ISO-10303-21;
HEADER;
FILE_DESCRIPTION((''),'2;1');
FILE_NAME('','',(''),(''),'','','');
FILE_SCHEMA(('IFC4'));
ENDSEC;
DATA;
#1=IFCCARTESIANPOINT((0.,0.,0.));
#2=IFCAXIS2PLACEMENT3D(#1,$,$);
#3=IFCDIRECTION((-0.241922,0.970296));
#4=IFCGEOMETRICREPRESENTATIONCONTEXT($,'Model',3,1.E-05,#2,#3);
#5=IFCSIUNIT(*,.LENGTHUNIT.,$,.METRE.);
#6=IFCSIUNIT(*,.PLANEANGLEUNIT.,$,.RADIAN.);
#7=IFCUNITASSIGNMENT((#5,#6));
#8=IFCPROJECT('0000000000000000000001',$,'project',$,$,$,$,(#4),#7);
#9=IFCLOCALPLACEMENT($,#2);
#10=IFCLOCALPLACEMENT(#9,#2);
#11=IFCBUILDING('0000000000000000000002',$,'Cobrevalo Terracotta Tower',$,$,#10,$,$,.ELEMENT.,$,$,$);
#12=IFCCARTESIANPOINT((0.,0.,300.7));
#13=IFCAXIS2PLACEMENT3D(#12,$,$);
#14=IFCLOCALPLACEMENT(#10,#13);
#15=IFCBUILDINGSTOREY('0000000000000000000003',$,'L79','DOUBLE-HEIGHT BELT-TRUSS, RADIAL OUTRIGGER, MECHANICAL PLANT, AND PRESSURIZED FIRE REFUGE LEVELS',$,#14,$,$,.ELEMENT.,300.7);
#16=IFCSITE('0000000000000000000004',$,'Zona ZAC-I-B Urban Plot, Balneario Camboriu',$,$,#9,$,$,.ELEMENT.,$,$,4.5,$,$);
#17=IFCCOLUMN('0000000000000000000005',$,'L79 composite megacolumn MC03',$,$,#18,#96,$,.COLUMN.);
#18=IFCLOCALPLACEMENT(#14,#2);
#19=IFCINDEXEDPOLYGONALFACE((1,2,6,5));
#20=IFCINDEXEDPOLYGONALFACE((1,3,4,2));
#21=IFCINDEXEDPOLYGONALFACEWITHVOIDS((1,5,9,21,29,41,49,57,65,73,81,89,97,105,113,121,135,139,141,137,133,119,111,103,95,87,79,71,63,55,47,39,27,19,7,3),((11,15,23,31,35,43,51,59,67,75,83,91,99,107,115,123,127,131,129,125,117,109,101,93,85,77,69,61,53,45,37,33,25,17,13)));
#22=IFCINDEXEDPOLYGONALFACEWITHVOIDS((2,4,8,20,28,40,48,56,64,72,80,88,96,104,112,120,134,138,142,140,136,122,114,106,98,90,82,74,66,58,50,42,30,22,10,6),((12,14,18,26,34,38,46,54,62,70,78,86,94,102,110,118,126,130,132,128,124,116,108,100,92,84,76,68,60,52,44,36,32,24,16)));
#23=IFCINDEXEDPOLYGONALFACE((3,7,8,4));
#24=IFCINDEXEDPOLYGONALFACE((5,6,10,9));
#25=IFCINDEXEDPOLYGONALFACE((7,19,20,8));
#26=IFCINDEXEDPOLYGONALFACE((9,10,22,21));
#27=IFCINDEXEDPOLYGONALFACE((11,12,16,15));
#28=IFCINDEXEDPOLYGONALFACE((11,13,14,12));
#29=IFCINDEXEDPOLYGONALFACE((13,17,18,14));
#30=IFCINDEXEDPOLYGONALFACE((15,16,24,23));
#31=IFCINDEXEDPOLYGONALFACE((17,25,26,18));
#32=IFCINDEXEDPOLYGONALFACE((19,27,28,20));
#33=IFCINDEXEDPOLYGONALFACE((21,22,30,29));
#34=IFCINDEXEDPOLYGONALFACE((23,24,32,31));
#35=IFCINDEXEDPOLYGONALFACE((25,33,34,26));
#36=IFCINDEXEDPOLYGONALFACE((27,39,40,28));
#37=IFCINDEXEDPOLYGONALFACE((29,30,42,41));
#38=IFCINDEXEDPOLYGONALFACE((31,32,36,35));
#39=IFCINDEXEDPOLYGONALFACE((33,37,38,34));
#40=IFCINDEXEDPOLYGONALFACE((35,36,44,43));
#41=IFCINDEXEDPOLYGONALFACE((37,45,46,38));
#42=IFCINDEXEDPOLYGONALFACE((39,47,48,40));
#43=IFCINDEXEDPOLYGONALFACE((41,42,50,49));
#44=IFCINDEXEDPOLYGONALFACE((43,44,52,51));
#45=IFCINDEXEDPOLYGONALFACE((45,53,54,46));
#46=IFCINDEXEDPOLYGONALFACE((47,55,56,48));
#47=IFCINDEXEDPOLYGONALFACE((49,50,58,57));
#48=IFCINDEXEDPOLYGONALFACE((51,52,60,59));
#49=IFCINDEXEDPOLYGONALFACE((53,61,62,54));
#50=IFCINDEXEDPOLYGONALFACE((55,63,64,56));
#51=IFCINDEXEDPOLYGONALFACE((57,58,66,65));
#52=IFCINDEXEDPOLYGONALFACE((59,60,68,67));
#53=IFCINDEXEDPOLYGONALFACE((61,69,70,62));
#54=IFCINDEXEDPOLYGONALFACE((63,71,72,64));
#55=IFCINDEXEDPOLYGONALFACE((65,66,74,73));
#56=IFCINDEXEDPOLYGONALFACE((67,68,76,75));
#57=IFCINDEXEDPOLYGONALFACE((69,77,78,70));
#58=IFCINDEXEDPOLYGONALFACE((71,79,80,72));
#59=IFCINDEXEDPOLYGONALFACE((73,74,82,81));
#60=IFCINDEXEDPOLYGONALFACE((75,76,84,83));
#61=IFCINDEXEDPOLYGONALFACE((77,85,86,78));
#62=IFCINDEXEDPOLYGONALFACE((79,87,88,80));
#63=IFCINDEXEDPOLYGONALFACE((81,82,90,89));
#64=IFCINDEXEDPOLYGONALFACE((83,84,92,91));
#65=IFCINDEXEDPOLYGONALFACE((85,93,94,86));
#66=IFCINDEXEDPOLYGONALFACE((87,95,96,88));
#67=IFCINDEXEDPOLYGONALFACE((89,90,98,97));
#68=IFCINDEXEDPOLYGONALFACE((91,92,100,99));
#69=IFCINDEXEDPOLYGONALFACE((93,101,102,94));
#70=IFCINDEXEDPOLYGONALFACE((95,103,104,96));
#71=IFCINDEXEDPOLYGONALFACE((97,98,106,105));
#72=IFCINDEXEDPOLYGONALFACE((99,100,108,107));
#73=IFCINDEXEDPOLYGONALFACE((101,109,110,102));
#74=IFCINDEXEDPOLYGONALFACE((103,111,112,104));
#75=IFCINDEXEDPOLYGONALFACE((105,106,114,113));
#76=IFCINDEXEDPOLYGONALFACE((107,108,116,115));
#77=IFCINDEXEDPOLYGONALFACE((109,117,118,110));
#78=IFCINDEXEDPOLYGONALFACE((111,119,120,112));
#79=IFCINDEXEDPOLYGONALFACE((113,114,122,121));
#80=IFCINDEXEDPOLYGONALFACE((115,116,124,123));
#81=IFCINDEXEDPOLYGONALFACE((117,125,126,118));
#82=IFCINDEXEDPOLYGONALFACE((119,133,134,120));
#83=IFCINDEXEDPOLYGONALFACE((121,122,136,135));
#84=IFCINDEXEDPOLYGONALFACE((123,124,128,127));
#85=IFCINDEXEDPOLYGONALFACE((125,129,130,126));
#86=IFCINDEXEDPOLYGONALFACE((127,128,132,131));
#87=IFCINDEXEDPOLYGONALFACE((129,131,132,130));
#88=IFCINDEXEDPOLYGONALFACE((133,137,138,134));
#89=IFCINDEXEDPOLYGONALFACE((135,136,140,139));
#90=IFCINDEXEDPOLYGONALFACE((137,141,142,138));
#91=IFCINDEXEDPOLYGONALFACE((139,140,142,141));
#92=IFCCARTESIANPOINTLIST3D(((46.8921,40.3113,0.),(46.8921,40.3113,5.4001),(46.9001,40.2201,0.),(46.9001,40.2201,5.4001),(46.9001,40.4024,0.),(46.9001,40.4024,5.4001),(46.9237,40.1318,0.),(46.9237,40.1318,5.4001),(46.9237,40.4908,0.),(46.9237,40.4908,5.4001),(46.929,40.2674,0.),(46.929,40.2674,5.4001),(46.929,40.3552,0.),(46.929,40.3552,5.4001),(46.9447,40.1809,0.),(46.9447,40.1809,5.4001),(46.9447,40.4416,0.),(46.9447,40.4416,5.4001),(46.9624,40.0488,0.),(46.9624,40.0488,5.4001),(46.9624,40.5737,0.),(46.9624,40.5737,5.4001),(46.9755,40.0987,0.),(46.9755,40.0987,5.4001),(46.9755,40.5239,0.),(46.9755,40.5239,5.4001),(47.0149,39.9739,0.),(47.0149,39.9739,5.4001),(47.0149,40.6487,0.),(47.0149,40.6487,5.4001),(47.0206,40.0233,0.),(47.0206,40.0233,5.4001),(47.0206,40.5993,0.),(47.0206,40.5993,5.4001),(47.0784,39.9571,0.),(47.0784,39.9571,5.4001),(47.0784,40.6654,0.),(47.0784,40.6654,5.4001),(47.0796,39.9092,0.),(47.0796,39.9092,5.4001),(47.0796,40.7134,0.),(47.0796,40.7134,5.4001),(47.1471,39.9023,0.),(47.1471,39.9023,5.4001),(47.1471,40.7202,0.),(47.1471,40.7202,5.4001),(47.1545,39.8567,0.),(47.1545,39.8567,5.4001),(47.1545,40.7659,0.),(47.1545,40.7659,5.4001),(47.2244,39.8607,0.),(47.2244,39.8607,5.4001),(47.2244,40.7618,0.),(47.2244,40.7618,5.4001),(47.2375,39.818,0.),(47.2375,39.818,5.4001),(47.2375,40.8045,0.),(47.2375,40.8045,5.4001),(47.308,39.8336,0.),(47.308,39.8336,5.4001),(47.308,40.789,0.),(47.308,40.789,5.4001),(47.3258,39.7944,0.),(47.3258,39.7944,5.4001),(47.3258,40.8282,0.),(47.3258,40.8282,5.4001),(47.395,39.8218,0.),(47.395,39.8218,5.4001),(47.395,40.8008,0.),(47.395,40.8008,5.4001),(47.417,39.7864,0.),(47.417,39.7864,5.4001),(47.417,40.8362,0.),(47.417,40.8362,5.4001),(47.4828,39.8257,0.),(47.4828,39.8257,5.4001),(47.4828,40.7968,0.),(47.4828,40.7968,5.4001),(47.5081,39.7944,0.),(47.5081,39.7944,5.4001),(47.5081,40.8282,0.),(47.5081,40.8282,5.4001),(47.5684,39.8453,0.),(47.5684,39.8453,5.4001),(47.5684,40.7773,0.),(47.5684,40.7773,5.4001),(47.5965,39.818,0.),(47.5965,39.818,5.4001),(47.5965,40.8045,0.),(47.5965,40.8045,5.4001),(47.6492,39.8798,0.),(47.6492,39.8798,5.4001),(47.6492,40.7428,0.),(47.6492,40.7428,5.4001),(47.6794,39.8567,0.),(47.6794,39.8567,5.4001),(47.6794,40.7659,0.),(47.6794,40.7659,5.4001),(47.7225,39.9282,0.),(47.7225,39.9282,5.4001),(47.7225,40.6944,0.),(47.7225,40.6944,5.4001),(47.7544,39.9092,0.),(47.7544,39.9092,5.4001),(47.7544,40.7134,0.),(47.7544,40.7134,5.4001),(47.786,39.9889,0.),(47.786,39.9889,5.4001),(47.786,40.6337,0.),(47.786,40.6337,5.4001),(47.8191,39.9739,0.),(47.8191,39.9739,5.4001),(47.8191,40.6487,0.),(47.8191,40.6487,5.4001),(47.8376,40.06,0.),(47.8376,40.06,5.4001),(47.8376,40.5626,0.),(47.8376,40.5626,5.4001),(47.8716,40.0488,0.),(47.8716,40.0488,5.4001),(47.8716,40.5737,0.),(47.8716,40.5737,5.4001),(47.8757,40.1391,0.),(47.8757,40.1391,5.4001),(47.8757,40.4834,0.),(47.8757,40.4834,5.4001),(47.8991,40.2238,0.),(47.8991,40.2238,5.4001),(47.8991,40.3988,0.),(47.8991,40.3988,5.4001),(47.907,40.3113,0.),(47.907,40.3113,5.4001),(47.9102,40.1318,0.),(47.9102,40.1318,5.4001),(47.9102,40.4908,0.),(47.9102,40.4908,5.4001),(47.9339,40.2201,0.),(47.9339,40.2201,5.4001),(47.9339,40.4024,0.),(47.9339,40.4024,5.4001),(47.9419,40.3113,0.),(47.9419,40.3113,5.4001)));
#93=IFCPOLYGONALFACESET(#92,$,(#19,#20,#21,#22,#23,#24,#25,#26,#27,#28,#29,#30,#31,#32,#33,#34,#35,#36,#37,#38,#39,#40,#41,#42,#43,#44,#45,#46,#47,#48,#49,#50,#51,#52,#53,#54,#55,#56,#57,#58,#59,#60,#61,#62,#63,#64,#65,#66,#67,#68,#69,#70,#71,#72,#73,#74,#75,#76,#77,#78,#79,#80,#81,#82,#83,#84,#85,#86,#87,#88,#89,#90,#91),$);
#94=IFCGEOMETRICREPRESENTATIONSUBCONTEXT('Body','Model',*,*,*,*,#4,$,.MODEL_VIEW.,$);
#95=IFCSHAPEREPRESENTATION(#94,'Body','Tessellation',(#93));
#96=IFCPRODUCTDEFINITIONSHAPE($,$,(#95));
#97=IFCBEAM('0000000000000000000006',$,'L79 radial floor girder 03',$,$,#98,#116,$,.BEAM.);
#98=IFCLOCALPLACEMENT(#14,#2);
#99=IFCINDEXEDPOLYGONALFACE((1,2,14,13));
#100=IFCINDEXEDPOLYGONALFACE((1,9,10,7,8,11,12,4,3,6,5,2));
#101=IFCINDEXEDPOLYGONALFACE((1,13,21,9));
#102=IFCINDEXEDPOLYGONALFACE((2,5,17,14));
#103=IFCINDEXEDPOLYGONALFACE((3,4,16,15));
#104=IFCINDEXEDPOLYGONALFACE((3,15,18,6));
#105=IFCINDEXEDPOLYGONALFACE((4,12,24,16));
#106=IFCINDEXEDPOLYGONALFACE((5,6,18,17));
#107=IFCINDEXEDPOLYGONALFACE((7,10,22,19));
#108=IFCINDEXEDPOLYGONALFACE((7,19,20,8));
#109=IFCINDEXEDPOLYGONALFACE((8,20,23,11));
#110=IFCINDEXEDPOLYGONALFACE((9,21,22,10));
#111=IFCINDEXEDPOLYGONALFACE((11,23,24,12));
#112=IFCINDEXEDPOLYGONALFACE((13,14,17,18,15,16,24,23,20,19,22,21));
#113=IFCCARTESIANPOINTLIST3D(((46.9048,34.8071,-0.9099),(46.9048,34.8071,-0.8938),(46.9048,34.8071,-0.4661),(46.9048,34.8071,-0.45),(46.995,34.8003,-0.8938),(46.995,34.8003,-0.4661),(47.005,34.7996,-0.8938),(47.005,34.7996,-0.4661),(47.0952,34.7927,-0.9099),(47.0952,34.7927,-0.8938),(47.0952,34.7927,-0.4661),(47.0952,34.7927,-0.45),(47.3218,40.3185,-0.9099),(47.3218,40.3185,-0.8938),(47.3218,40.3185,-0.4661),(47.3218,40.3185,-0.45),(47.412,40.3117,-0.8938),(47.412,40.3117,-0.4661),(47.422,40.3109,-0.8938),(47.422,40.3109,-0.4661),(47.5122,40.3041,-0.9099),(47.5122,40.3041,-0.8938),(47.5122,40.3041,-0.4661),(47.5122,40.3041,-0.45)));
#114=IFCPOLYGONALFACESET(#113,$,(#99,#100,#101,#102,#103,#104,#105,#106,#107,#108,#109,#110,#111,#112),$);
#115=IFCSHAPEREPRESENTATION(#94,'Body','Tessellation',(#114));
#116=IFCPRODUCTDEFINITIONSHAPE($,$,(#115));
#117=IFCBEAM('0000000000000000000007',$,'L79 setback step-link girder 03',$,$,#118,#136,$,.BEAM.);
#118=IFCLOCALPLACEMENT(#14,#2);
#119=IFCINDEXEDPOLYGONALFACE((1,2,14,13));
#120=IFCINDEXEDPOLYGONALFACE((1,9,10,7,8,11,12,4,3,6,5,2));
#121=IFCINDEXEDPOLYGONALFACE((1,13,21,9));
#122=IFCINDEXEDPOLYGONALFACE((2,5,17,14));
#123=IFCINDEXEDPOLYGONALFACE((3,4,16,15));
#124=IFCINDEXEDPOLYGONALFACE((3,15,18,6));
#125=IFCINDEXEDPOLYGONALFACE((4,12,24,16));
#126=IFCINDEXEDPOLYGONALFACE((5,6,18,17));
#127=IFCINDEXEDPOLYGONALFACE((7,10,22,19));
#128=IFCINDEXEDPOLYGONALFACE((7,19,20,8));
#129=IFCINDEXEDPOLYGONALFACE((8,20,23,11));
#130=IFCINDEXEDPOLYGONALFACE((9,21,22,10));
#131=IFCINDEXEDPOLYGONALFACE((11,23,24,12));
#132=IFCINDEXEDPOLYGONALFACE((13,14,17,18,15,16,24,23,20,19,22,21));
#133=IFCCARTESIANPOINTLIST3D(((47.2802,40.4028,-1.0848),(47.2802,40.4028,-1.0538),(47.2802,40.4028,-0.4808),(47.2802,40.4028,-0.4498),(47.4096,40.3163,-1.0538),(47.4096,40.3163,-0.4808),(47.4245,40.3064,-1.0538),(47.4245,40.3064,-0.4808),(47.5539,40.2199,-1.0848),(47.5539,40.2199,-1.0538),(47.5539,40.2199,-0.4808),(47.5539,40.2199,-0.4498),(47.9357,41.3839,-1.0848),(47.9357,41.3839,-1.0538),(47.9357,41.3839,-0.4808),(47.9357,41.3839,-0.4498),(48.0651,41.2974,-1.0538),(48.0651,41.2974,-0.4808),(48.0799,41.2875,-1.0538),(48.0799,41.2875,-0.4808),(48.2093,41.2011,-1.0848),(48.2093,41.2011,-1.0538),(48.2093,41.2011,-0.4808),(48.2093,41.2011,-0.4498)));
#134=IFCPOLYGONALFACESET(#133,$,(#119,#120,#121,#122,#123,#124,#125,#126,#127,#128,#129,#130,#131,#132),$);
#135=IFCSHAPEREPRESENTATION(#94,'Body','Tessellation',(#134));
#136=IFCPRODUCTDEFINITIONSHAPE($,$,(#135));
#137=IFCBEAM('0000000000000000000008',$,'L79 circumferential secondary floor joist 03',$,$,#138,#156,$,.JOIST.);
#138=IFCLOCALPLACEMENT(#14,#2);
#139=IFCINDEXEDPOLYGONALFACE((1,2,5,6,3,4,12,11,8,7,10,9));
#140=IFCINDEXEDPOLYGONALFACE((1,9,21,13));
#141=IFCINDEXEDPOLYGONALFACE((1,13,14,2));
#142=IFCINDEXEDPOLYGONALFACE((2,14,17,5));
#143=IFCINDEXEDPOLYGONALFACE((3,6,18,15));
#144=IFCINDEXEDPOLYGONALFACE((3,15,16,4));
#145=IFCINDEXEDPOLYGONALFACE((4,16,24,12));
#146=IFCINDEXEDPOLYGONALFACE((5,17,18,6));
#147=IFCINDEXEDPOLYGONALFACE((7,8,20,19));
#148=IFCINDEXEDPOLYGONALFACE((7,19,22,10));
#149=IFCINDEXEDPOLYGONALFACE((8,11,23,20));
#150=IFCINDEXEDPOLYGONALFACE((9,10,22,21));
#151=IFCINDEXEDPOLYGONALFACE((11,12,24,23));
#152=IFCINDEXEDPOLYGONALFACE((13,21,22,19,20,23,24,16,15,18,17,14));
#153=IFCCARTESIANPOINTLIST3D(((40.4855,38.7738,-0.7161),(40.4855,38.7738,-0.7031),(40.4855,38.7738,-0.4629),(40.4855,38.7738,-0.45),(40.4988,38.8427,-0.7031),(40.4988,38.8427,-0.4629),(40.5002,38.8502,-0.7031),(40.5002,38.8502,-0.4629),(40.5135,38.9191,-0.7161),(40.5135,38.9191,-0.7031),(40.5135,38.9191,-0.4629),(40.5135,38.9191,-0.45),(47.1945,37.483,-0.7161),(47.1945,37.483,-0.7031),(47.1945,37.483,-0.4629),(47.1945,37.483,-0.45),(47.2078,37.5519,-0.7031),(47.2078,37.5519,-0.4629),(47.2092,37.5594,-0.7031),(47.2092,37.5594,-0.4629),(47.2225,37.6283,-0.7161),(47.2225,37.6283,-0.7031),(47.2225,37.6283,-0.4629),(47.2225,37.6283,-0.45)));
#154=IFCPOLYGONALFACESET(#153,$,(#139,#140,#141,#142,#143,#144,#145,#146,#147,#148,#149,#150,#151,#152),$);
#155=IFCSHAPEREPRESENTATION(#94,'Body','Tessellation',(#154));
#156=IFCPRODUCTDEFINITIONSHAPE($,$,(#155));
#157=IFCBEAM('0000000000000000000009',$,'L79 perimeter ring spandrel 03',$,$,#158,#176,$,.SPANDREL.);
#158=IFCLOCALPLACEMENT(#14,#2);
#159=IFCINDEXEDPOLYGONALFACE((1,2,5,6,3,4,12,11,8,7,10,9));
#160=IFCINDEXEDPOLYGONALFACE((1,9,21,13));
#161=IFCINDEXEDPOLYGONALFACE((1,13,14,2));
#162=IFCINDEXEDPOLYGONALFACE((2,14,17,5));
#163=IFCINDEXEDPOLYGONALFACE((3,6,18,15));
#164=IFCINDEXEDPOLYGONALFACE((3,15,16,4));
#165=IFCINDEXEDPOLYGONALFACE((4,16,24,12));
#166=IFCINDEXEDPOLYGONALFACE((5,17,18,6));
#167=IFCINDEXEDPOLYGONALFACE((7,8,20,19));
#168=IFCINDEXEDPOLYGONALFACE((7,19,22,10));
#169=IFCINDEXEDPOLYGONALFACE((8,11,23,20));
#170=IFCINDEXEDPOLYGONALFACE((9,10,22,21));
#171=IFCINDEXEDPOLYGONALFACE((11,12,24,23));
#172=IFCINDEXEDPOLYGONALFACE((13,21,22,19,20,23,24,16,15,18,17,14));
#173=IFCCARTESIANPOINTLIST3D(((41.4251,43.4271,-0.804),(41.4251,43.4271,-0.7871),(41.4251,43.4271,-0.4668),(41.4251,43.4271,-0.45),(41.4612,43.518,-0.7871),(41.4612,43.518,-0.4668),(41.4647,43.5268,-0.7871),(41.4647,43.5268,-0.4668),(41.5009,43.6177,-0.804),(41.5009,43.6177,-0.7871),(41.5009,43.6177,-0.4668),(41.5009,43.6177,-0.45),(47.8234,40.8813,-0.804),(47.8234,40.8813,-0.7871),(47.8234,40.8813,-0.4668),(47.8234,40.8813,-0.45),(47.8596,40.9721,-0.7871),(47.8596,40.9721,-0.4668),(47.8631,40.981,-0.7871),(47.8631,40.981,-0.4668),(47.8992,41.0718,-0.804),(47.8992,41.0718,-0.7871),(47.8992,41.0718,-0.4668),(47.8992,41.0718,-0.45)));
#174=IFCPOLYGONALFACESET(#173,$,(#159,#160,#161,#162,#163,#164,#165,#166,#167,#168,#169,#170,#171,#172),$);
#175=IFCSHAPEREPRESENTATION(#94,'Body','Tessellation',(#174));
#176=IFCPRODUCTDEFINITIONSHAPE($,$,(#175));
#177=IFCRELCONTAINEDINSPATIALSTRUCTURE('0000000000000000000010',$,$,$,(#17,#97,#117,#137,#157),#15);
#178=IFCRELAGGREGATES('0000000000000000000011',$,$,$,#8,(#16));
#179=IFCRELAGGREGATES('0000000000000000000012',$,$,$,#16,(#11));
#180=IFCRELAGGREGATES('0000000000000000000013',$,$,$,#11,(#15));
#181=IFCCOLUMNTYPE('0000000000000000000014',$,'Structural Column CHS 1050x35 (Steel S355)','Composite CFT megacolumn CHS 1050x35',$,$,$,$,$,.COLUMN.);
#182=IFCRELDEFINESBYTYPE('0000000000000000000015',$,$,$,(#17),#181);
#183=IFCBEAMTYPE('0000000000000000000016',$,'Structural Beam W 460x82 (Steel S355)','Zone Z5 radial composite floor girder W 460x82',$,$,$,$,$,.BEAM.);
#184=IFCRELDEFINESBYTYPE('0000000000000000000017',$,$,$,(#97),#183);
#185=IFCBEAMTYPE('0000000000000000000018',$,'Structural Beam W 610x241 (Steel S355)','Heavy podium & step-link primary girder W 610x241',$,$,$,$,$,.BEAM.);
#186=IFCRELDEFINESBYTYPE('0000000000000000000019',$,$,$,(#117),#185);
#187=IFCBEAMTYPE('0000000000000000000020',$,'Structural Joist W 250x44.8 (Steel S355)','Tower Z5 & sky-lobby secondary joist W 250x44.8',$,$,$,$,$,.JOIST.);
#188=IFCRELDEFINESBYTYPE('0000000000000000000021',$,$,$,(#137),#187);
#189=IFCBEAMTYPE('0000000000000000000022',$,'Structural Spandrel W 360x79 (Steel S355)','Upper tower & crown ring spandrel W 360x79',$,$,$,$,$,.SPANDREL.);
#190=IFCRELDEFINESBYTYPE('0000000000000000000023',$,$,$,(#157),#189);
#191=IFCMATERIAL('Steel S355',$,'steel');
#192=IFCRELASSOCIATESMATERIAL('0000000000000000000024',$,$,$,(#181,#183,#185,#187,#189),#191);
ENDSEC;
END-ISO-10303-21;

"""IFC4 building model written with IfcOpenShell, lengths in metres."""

from ifc_helpers import new_model, si_unit, direction, frame, origin, origin_2d, place, context, subcontext, project, spatial, hollow_circle, i_section, extrude, material, material_profile, profile_set, type_object, element, save


model = new_model("IFC4")

# Units and contexts
model_context = context("Model", 3, precision=1e-05, world=origin(), true_north=direction((-0.241922, 0.970296)))
body_context = subcontext(model_context, "Body", "Model", "MODEL_VIEW")
ifc_project = project(units=[si_unit("LENGTHUNIT", "METRE"), si_unit("PLANEANGLEUNIT", "RADIAN")], contexts=[model_context])

# Site, building, storey
site_placement = place(None, origin())
site = spatial("IfcSite", under=ifc_project, at=site_placement, Name="Zona ZAC-I-B Urban Plot, Balneario Camboriu", CompositionType="ELEMENT", RefElevation=4.5)
building_placement = place(site_placement, origin())
building = spatial("IfcBuilding", under=site, at=building_placement, Name="Cobrevalo Terracotta Tower", CompositionType="ELEMENT")
storey_placement = place(building_placement, frame((0.0, 0.0, 300.7)))
storey = spatial("IfcBuildingStorey", under=building, at=storey_placement, Name="L79", Description="DOUBLE-HEIGHT BELT-TRUSS, RADIAL OUTRIGGER, MECHANICAL PLANT, AND PRESSURIZED FIRE REFUGE LEVELS", CompositionType="ELEMENT", Elevation=300.7)

# Column
ifc_material_1 = material(Name="Steel S355", Category="steel")
ifc_material_profile_1 = material_profile(ifc_material_1, hollow_circle(Radius=0.5249, WallThickness=0.0349, at=origin_2d()), Name="CHS 1050x35")
ifc_profile_set_1 = profile_set([ifc_material_profile_1], Name="Steel S355")
column_type = type_object("IfcColumnType", Name="Structural Column CHS 1050x35 (Steel S355)", Description="Composite CFT megacolumn CHS 1050x35", PredefinedType="COLUMN", material=ifc_profile_set_1)
column_placement = place(storey_placement, frame((47.417, 40.3113, 0.0), z_axis=(0.0, 0.0, 1.0), x_axis=(1.0, 0.0, 0.0)))
element("IfcColumn", 1, at=column_placement, inside=storey, type_object=column_type, Name="L79 composite megacolumn MC03", PredefinedType="COLUMN", context=body_context, shape_type="SweptSolid", body=[
    extrude(hollow_circle(Radius=0.5249, WallThickness=0.0349, at=origin_2d()), origin(), (0.0, 0.0, 1.0), 5.4001),
])

# Beams
ifc_material_profile_2 = material_profile(ifc_material_1, i_section(OverallWidth=0.1909, OverallDepth=0.46, WebThickness=0.01, FlangeThickness=0.0161, at=origin_2d()), Name="W 460x82")
ifc_profile_set_2 = profile_set([ifc_material_profile_2], Name="Steel S355")
beam_type_1 = type_object("IfcBeamType", Name="Structural Beam W 460x82 (Steel S355)", Description="Zone Z5 radial composite floor girder W 460x82", PredefinedType="BEAM", material=ifc_profile_set_2)
beam_1_placement = place(storey_placement, frame((47.417, 40.3113, -0.6799), z_axis=(-0.075447, -0.99715, 0.0), x_axis=(0.99715, -0.075447, 0.0)))
element("IfcBeam", 2, at=beam_1_placement, inside=storey, type_object=beam_type_1, Name="L79 radial floor girder 03", PredefinedType="BEAM", context=body_context, shape_type="SweptSolid", body=[
    extrude(i_section(OverallWidth=0.1909, OverallDepth=0.46, WebThickness=0.01, FlangeThickness=0.0161, at=origin_2d()), origin(), (0.0, 0.0, 1.0), 5.5271),
])
ifc_material_profile_3 = material_profile(ifc_material_1, i_section(OverallWidth=0.3291, OverallDepth=0.635, WebThickness=0.0178, FlangeThickness=0.031, at=origin_2d()), Name="W 610x241")
ifc_profile_set_3 = profile_set([ifc_material_profile_3], Name="Steel S355")
beam_type_2 = type_object("IfcBeamType", Name="Structural Beam W 610x241 (Steel S355)", Description="Heavy podium & step-link primary girder W 610x241", PredefinedType="BEAM", material=ifc_profile_set_3)
beam_2_placement = place(storey_placement, frame((48.0725, 41.2925, -0.7673), z_axis=(-0.555512, -0.831509, 0.0), x_axis=(0.831509, -0.555512, 0.0)))
element("IfcBeam", 3, at=beam_2_placement, inside=storey, type_object=beam_type_2, Name="L79 setback step-link girder 03", PredefinedType="BEAM", context=body_context, shape_type="SweptSolid", body=[
    extrude(i_section(OverallWidth=0.3291, OverallDepth=0.635, WebThickness=0.0178, FlangeThickness=0.031, at=origin_2d()), origin(), (0.0, 0.0, 1.0), 1.1799),
])
ifc_material_profile_4 = material_profile(ifc_material_1, i_section(OverallWidth=0.1479, OverallDepth=0.2661, WebThickness=0.0076, FlangeThickness=0.0129, at=origin_2d()), Name="W 250x44.8")
ifc_profile_set_4 = profile_set([ifc_material_profile_4], Name="Steel S355")
beam_type_3 = type_object("IfcBeamType", Name="Structural Joist W 250x44.8 (Steel S355)", Description="Tower Z5 & sky-lobby secondary joist W 250x44.8", PredefinedType="JOIST", material=ifc_profile_set_4)
beam_3_placement = place(storey_placement, frame((47.2085, 37.5557, -0.583), z_axis=(-0.981991, 0.18893, 0.0), x_axis=(-0.18893, -0.981991, 0.0)))
element("IfcBeam", 4, at=beam_3_placement, inside=storey, type_object=beam_type_3, Name="L79 circumferential secondary floor joist 03", PredefinedType="JOIST", context=body_context, shape_type="SweptSolid", body=[
    extrude(i_section(OverallWidth=0.1479, OverallDepth=0.2661, WebThickness=0.0076, FlangeThickness=0.0129, at=origin_2d()), origin(), (0.0, 0.0, 1.0), 6.832),
])
ifc_material_profile_5 = material_profile(ifc_material_1, i_section(OverallWidth=0.2051, OverallDepth=0.354, WebThickness=0.0095, FlangeThickness=0.0168, at=origin_2d()), Name="W 360x79")
ifc_profile_set_5 = profile_set([ifc_material_profile_5], Name="Steel S355")
beam_type_4 = type_object("IfcBeamType", Name="Structural Spandrel W 360x79 (Steel S355)", Description="Upper tower & crown ring spandrel W 360x79", PredefinedType="SPANDREL", material=ifc_profile_set_5)
beam_4_placement = place(storey_placement, frame((47.8613, 40.9766, -0.627), z_axis=(-0.92915, 0.369703, 0.0), x_axis=(-0.369703, -0.92915, 0.0)))
element("IfcBeam", 5, at=beam_4_placement, inside=storey, type_object=beam_type_4, Name="L79 perimeter ring spandrel 03", PredefinedType="SPANDREL", context=body_context, shape_type="SweptSolid", body=[
    extrude(i_section(OverallWidth=0.2051, OverallDepth=0.354, WebThickness=0.0095, FlangeThickness=0.0168, at=origin_2d()), origin(), (0.0, 0.0, 1.0), 6.8862),
])

save(model, "model.ifc")
